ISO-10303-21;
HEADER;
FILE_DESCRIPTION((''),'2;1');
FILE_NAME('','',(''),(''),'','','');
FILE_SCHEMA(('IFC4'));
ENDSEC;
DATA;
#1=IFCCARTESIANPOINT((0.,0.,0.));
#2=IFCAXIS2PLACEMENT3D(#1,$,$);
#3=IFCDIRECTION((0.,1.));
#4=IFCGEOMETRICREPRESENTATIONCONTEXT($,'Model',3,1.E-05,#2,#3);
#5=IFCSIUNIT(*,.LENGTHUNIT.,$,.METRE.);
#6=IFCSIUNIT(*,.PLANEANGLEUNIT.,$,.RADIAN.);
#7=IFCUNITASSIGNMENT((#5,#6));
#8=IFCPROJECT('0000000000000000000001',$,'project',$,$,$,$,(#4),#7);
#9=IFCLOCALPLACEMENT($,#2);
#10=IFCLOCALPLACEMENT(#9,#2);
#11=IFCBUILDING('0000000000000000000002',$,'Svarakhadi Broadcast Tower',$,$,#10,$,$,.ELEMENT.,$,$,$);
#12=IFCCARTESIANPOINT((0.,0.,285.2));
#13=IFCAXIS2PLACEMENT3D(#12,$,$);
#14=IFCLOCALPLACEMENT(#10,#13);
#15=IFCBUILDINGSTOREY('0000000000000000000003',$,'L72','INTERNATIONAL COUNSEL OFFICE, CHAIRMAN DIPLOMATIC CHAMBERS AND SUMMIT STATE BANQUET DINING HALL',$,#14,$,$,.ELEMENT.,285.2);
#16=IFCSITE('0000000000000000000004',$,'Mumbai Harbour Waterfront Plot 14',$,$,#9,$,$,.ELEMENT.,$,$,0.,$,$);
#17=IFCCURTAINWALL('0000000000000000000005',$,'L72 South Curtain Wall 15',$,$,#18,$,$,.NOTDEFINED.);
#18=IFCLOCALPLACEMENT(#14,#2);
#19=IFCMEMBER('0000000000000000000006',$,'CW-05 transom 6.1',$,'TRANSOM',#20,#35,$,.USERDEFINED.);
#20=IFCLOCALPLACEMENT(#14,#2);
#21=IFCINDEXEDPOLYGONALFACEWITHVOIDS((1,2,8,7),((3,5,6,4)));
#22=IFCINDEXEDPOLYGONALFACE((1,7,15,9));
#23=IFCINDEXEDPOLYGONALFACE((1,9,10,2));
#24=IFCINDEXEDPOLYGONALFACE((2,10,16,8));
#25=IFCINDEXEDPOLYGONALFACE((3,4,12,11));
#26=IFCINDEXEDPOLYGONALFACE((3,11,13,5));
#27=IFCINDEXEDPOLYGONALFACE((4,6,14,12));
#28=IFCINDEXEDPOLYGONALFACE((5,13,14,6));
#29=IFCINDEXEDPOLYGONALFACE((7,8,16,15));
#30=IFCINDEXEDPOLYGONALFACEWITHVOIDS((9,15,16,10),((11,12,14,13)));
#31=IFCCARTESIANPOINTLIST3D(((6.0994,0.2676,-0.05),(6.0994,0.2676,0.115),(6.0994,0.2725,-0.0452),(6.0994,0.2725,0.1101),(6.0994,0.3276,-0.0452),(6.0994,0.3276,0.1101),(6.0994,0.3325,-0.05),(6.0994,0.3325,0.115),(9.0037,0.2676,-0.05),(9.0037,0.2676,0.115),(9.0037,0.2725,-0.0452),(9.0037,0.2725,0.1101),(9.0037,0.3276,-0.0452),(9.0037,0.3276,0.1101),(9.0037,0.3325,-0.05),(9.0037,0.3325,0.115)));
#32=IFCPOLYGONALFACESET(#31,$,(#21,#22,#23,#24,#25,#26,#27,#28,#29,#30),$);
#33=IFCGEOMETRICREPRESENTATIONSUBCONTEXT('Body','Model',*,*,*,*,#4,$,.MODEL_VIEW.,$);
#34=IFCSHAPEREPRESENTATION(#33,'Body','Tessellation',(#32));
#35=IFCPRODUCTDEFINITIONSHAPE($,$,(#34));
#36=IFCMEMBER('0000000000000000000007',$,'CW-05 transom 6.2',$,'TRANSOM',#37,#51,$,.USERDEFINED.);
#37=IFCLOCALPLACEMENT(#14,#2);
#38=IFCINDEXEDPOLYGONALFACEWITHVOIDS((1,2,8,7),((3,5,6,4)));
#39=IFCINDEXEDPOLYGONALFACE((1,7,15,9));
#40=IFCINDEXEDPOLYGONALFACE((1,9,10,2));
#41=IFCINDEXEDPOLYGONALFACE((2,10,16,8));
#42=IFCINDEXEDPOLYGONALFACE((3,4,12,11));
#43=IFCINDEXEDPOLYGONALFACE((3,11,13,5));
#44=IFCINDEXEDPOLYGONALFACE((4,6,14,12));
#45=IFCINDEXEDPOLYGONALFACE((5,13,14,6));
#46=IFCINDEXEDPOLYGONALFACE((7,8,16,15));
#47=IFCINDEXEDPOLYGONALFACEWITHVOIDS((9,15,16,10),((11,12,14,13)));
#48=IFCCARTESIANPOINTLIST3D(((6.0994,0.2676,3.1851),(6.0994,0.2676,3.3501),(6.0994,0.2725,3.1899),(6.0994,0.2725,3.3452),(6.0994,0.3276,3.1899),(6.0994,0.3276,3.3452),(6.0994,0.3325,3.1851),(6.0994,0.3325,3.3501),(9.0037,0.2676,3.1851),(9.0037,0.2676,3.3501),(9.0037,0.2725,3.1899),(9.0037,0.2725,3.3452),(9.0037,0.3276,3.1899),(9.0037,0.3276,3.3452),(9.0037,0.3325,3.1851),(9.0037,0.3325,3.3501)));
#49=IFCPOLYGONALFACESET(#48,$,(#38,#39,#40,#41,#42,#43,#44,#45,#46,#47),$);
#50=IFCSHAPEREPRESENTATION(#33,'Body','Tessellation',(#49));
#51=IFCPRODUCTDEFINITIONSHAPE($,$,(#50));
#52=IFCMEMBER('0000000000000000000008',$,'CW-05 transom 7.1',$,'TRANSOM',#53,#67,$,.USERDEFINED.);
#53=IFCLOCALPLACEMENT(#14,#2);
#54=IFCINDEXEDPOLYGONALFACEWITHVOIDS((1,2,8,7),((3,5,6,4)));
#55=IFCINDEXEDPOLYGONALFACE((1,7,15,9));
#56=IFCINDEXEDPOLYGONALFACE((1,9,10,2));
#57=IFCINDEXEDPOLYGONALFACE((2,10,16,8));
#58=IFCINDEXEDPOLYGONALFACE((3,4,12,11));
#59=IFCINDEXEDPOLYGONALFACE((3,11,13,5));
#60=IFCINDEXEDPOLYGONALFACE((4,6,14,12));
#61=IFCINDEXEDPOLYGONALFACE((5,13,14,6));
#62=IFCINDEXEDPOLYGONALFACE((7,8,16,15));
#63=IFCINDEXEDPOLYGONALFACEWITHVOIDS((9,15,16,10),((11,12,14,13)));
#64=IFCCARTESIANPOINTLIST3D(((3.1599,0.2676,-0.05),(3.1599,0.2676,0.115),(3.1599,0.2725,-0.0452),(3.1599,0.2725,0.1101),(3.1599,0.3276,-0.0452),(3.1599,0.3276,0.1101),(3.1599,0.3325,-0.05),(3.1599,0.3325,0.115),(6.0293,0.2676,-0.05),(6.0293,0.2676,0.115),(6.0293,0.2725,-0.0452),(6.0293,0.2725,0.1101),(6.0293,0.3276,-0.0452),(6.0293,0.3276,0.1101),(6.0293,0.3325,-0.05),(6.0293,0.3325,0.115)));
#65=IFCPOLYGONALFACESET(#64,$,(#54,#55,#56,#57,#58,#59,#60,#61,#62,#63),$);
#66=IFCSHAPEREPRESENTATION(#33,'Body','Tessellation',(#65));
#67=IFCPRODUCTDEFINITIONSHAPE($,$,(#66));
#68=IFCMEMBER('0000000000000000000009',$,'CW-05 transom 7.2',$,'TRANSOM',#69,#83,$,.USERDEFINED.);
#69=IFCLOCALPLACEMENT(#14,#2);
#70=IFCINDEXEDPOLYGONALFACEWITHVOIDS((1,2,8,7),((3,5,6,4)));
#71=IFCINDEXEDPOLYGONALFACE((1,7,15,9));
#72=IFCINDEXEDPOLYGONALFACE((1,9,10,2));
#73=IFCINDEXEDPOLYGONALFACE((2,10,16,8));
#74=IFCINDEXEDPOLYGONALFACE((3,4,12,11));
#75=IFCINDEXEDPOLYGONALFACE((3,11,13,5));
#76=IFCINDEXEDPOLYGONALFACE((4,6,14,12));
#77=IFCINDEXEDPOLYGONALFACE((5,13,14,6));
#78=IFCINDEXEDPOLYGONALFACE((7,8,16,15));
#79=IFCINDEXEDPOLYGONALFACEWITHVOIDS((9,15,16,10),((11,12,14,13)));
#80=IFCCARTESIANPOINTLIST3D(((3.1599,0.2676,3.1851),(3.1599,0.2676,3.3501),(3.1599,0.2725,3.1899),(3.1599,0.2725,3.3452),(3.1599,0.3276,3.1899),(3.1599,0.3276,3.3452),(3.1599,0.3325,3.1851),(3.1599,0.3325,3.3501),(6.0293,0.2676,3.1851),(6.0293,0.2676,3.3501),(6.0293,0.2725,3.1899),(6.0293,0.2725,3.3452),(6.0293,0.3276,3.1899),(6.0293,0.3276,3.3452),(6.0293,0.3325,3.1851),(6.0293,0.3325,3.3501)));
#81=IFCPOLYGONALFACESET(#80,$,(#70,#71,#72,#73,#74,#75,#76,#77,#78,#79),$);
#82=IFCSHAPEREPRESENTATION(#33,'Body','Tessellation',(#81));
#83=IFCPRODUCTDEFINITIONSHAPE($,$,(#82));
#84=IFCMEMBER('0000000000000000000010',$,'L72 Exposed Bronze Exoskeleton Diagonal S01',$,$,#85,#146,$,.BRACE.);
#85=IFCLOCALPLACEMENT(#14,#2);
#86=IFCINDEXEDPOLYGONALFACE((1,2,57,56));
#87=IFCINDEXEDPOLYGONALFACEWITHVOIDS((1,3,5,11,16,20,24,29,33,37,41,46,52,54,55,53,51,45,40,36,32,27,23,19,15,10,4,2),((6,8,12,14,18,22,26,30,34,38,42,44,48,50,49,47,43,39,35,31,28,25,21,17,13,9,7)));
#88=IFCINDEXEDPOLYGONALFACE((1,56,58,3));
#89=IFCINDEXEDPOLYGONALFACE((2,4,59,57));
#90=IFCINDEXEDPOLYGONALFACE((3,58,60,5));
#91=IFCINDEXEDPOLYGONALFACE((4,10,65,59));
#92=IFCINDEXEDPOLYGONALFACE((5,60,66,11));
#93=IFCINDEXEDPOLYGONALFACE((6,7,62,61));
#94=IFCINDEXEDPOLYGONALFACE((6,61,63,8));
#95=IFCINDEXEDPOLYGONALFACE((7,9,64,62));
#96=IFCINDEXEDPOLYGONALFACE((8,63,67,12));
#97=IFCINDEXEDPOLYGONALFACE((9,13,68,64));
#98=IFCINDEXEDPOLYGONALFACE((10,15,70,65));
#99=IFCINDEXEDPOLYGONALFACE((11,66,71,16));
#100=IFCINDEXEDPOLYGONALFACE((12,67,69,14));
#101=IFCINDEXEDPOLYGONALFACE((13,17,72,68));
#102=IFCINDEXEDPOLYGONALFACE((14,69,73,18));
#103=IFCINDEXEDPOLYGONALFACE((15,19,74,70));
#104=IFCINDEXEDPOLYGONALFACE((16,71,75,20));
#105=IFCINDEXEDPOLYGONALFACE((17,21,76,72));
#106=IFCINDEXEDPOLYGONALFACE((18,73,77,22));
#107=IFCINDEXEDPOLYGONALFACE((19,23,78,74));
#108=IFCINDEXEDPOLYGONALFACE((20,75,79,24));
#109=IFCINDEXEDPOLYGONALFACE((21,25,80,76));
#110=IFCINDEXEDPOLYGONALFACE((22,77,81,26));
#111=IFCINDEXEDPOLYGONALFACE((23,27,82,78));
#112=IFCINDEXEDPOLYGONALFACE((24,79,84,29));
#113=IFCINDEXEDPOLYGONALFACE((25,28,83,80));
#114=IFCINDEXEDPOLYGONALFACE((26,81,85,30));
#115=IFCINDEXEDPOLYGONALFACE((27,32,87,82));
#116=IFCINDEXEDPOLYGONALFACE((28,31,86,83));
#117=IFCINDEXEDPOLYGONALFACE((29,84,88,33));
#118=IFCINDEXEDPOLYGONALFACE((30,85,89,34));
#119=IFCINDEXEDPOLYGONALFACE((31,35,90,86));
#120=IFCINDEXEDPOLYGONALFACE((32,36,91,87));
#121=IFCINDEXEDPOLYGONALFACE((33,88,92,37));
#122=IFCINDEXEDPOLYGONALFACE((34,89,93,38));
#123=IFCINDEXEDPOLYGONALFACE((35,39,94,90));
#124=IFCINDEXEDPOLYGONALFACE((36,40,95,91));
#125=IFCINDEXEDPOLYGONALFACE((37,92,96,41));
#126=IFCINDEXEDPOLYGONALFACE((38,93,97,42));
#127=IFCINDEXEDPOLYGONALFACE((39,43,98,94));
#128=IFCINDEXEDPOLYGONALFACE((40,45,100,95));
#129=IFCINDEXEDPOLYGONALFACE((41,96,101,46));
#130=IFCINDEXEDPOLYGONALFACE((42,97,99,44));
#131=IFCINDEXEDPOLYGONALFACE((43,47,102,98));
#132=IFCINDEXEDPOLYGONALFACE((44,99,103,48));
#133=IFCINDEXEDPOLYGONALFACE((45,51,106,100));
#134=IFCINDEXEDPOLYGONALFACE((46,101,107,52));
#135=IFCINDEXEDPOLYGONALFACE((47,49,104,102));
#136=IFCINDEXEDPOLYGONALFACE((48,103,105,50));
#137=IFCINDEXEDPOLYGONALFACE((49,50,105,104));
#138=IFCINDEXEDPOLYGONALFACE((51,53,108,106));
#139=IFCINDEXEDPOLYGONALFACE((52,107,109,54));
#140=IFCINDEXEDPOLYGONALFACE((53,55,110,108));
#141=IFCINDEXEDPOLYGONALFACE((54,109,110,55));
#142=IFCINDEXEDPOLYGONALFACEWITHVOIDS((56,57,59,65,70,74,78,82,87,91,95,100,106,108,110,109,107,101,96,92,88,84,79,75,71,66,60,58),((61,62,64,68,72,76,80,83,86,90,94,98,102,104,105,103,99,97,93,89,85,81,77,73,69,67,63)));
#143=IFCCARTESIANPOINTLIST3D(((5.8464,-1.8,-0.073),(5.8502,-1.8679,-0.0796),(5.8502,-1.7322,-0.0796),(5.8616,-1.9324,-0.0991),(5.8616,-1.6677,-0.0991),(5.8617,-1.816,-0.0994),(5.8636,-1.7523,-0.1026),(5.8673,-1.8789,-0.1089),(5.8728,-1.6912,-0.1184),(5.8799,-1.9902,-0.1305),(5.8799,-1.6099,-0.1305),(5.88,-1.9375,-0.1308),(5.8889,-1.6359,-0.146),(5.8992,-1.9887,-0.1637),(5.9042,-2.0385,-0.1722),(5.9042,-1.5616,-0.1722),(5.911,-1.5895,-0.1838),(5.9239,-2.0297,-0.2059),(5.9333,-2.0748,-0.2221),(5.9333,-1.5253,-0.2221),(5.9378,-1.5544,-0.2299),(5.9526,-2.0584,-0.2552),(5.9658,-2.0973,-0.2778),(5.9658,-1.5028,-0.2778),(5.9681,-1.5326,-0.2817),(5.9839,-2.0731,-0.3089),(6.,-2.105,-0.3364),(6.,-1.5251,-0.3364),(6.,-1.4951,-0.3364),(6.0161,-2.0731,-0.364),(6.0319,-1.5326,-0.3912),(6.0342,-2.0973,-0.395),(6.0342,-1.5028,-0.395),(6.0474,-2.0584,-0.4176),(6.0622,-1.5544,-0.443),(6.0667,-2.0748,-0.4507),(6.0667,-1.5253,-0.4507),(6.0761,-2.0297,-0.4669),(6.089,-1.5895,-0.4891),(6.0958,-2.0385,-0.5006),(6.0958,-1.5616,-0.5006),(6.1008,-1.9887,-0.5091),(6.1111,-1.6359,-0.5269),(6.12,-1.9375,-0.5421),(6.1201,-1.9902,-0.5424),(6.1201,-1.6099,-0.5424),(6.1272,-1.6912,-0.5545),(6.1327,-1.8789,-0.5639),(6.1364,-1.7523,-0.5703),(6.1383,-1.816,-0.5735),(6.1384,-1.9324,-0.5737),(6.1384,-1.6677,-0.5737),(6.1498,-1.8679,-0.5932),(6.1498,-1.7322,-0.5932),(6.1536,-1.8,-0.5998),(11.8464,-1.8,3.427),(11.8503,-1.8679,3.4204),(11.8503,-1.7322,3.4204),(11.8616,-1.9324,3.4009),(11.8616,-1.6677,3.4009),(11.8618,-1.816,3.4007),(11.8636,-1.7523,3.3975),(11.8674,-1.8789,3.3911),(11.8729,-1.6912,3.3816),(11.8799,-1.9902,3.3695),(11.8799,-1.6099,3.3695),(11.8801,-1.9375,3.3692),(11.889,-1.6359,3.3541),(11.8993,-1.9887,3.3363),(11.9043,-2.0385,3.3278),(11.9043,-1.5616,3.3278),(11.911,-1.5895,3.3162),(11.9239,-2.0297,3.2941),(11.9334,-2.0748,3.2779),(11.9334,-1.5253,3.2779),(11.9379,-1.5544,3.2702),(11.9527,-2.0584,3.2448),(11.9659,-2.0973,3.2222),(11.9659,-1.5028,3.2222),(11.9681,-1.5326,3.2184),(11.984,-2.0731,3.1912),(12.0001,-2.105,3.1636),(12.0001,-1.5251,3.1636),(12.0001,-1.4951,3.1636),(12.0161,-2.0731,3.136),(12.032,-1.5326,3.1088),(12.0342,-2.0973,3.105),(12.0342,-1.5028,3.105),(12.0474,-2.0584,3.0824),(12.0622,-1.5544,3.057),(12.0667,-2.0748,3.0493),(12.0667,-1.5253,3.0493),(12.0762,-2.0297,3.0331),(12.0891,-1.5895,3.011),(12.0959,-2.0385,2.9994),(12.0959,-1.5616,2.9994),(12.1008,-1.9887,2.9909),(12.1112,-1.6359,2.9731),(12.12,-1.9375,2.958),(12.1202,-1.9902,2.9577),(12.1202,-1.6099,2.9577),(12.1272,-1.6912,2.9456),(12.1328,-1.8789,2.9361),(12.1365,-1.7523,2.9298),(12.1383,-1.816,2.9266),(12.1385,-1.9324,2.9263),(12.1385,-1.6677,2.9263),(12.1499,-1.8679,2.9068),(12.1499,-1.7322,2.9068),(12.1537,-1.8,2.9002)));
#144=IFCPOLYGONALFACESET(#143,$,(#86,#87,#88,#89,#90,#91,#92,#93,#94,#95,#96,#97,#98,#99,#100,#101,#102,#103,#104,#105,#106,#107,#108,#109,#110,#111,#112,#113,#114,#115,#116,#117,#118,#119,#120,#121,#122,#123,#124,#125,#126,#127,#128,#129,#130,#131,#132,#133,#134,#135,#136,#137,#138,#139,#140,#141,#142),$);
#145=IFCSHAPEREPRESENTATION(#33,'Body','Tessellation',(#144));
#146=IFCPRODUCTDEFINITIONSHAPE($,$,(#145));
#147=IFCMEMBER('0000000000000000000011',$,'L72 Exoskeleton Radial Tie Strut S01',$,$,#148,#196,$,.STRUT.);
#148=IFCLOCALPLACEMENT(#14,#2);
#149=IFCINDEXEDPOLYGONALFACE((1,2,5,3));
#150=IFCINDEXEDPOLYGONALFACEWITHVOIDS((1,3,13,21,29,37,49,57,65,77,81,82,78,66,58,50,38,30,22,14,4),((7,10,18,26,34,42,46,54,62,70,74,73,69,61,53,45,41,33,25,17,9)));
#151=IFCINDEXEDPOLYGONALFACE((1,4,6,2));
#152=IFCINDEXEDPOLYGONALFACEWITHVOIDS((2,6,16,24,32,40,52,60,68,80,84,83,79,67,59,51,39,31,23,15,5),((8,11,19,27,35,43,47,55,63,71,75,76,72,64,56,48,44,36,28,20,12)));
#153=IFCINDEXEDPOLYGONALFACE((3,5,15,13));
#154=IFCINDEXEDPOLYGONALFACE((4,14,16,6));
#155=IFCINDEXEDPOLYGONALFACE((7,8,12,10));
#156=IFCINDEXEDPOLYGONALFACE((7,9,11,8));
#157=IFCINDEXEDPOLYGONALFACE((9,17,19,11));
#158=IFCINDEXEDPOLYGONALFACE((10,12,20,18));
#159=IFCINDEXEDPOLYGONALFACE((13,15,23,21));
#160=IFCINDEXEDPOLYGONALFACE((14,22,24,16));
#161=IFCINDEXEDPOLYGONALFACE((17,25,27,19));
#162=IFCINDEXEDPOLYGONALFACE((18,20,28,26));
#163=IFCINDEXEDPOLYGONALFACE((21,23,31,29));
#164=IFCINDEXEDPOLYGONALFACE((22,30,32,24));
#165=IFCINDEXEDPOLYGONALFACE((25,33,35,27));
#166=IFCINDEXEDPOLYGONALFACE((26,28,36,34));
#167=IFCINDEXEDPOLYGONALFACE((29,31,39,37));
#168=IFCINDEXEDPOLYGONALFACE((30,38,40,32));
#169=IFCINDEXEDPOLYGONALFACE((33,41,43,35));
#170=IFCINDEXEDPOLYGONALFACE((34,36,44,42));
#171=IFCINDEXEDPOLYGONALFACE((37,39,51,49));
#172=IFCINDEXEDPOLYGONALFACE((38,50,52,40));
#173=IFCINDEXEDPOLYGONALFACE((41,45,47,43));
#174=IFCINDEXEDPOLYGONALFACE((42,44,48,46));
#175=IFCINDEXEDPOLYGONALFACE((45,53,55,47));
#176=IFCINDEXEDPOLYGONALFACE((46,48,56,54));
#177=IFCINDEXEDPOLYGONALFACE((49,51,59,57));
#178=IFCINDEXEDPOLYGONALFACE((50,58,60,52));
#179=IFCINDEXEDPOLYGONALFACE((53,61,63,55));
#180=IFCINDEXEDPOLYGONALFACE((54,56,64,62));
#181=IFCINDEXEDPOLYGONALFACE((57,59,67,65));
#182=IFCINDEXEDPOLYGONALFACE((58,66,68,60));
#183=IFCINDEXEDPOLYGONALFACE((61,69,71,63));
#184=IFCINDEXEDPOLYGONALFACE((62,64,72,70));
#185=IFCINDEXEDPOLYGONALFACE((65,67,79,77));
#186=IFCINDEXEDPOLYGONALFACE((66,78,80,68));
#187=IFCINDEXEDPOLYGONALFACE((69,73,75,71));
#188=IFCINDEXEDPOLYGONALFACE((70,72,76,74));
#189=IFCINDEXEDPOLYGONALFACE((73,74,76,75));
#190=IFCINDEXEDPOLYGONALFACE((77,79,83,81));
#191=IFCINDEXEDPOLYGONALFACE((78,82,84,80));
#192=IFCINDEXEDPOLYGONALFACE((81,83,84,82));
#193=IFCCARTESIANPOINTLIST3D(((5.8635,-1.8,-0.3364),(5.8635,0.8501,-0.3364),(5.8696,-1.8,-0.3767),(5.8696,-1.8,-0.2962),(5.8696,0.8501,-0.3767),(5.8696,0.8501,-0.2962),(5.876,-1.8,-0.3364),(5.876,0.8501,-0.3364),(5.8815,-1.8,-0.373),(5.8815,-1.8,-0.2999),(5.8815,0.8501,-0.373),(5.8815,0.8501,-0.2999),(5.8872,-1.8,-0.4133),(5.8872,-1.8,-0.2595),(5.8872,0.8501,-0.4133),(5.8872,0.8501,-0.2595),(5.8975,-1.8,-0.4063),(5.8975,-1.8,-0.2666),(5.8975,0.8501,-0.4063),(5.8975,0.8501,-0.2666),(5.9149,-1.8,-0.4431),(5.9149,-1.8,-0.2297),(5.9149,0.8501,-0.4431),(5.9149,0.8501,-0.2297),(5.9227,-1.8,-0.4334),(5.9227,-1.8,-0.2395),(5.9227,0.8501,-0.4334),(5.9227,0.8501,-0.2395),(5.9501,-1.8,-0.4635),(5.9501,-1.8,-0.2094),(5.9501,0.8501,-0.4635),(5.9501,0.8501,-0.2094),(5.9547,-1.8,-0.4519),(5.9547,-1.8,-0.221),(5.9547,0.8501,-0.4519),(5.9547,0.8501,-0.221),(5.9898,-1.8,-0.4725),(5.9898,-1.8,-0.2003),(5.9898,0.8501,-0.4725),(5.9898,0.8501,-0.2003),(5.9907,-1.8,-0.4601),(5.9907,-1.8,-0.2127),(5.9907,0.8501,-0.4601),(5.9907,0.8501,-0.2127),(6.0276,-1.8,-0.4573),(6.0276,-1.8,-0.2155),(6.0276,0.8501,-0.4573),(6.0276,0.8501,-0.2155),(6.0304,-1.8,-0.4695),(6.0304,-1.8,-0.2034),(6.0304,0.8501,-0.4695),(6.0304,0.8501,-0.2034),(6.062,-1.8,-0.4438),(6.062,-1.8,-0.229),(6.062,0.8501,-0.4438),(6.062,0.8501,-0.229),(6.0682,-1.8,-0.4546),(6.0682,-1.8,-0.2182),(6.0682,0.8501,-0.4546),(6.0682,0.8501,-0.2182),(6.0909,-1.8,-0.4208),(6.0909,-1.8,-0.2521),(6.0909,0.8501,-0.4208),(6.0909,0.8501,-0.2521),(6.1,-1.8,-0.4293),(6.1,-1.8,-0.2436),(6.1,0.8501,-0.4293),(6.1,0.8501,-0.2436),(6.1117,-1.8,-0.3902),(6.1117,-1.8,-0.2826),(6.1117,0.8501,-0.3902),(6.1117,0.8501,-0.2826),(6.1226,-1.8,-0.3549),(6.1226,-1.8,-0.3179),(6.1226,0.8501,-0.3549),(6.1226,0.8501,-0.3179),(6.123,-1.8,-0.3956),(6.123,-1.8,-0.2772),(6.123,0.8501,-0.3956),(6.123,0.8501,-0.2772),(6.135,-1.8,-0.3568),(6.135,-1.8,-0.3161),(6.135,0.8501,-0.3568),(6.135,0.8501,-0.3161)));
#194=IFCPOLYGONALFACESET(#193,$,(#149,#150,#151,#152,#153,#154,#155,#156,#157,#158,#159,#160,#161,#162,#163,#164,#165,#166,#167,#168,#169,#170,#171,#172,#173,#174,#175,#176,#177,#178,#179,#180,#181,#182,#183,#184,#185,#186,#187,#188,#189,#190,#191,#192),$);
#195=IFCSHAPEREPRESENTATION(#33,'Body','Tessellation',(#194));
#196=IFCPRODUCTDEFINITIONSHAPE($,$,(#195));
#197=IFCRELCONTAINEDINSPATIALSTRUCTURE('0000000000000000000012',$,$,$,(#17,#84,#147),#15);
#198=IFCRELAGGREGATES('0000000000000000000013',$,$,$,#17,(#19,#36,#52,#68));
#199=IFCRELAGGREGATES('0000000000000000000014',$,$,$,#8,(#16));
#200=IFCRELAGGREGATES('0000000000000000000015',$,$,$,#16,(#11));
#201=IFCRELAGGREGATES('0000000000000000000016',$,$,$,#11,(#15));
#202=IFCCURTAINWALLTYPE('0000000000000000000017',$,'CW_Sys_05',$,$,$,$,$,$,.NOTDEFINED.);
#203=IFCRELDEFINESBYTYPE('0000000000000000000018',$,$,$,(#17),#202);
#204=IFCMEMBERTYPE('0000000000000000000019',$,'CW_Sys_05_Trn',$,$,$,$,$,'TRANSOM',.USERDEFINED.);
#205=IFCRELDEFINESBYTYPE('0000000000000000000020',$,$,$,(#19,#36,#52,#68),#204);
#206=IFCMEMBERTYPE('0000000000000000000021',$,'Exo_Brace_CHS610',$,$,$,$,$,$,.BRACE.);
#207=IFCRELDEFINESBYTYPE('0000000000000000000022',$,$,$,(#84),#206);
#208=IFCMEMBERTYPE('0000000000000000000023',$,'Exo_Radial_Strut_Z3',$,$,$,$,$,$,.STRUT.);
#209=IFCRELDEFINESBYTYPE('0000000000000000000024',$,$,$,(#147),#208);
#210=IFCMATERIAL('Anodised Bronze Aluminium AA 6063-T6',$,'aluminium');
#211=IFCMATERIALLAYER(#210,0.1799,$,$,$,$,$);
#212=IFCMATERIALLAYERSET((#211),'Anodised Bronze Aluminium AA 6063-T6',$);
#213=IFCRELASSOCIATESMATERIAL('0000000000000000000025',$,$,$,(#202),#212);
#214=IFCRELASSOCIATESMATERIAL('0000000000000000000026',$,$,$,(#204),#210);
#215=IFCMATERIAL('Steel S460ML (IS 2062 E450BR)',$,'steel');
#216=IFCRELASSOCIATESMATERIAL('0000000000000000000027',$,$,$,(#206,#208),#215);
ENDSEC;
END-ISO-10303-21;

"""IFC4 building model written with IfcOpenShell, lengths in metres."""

from ifc_helpers import new_model, si_unit, direction, frame, origin, origin_2d, place, context, subcontext, project, spatial, hollow_rectangle, hollow_circle, extrude, material, layer, layer_set, material_profile, profile_set, type_object, element, aggregate, save


model = new_model("IFC4")

# Units and contexts
model_context = context("Model", 3, precision=1e-05, world=origin(), true_north=direction((0.0, 1.0)))
body_context = subcontext(model_context, "Body", "Model", "MODEL_VIEW")
ifc_project = project(units=[si_unit("LENGTHUNIT", "METRE"), si_unit("PLANEANGLEUNIT", "RADIAN")], contexts=[model_context])

# Site, building, storey
site_placement = place(None, origin())
site = spatial("IfcSite", under=ifc_project, at=site_placement, Name="Mumbai Harbour Waterfront Plot 14", CompositionType="ELEMENT", RefElevation=0.0)
building_placement = place(site_placement, origin())
building = spatial("IfcBuilding", under=site, at=building_placement, Name="Svarakhadi Broadcast Tower", CompositionType="ELEMENT")
storey_placement = place(building_placement, frame((0.0, 0.0, 285.2)))
storey = spatial("IfcBuildingStorey", under=building, at=storey_placement, Name="L72", Description="INTERNATIONAL COUNSEL OFFICE, CHAIRMAN DIPLOMATIC CHAMBERS AND SUMMIT STATE BANQUET DINING HALL", CompositionType="ELEMENT", Elevation=285.2)

# Shared definitions
ifc_material_1 = material(Name="Steel S460ML (IS 2062 E450BR)", Category="steel")

# Curtain wall, members
ifc_material_2 = material(Name="Anodised Bronze Aluminium AA 6063-T6", Category="aluminium")
ifc_layer_1 = layer(ifc_material_2, 0.1799)
ifc_layer_set_1 = layer_set([ifc_layer_1], Name="Anodised Bronze Aluminium AA 6063-T6")
curtain_wall_type = type_object("IfcCurtainWallType", Name="CW_Sys_05", PredefinedType="NOTDEFINED", material=ifc_layer_set_1)
curtain_wall_placement = place(storey_placement, origin())
curtain_wall = element("IfcCurtainWall", 1, at=curtain_wall_placement, inside=storey, type_object=curtain_wall_type, Name="L72 South Curtain Wall 15", PredefinedType="NOTDEFINED")
ifc_material_profile_1 = material_profile(ifc_material_2, hollow_rectangle(XDim=0.0649, YDim=0.165, WallThickness=0.0049, at=origin_2d()), Name="ALU TRANSOM 165x65x5")
ifc_profile_set_1 = profile_set([ifc_material_profile_1], Name="Anodised Bronze Aluminium AA 6063-T6")
member_type_1 = type_object("IfcMemberType", Name="CW_Sys_05_Trn", ElementType="TRANSOM", PredefinedType="USERDEFINED", material=ifc_profile_set_1)
member_1_placement = place(storey_placement, frame((9.0037, 0.3, 0.0325), z_axis=(-1.0, 0.0, 0.0), x_axis=(0.0, -1.0, 0.0)))
member_1 = element("IfcMember", 2, at=member_1_placement, type_object=member_type_1, Name="CW-05 transom 6.1", ObjectType="TRANSOM", PredefinedType="USERDEFINED", context=body_context, shape_type="SweptSolid", body=[
    extrude(hollow_rectangle(XDim=0.0649, YDim=0.165, WallThickness=0.0049, at=origin_2d()), origin(), (0.0, 0.0, 1.0), 2.9043),
])
member_2_placement = place(storey_placement, frame((9.0037, 0.3, 3.2676), z_axis=(-1.0, 0.0, 0.0), x_axis=(0.0, -1.0, 0.0)))
member_2 = element("IfcMember", 3, at=member_2_placement, type_object=member_type_1, Name="CW-05 transom 6.2", ObjectType="TRANSOM", PredefinedType="USERDEFINED", context=body_context, shape_type="SweptSolid", body=[
    extrude(hollow_rectangle(XDim=0.0649, YDim=0.165, WallThickness=0.0049, at=origin_2d()), origin(), (0.0, 0.0, 1.0), 2.9043),
])
member_3_placement = place(storey_placement, frame((6.0293, 0.3, 0.0325), z_axis=(-1.0, 0.0, 0.0), x_axis=(0.0, -1.0, 0.0)))
member_3 = element("IfcMember", 4, at=member_3_placement, type_object=member_type_1, Name="CW-05 transom 7.1", ObjectType="TRANSOM", PredefinedType="USERDEFINED", context=body_context, shape_type="SweptSolid", body=[
    extrude(hollow_rectangle(XDim=0.0649, YDim=0.165, WallThickness=0.0049, at=origin_2d()), origin(), (0.0, 0.0, 1.0), 2.8694),
])
member_4_placement = place(storey_placement, frame((6.0293, 0.3, 3.2676), z_axis=(-1.0, 0.0, 0.0), x_axis=(0.0, -1.0, 0.0)))
member_4 = element("IfcMember", 5, at=member_4_placement, type_object=member_type_1, Name="CW-05 transom 7.2", ObjectType="TRANSOM", PredefinedType="USERDEFINED", context=body_context, shape_type="SweptSolid", body=[
    extrude(hollow_rectangle(XDim=0.0649, YDim=0.165, WallThickness=0.0049, at=origin_2d()), origin(), (0.0, 0.0, 1.0), 2.8694),
])

# Members
ifc_material_profile_2 = material_profile(ifc_material_1, hollow_circle(Radius=0.3049, WallThickness=0.03, at=origin_2d()), Name="CHS 610x30")
ifc_profile_set_2 = profile_set([ifc_material_profile_2], Name="Steel S460ML (IS 2062 E450BR)")
member_type_2 = type_object("IfcMemberType", Name="Exo_Brace_CHS610", PredefinedType="BRACE", material=ifc_profile_set_2)
member_5_placement = place(storey_placement, frame((6.0, -1.8, -0.3364), z_axis=(0.863779, 0.0, 0.503871), x_axis=(0.0, 1.0, 0.0)))
element("IfcMember", 6, at=member_5_placement, inside=storey, type_object=member_type_2, Name="L72 Exposed Bronze Exoskeleton Diagonal S01", PredefinedType="BRACE", context=body_context, shape_type="SweptSolid", body=[
    extrude(hollow_circle(Radius=0.3049, WallThickness=0.03, at=origin_2d()), origin(), (0.0, 0.0, 1.0), 6.9463),
])
ifc_material_profile_3 = material_profile(ifc_material_1, hollow_circle(Radius=0.1365, WallThickness=0.0125, at=origin_2d()), Name="CHS 273x12.5")
ifc_profile_set_3 = profile_set([ifc_material_profile_3], Name="Steel S460ML (IS 2062 E450BR)")
member_type_3 = type_object("IfcMemberType", Name="Exo_Radial_Strut_Z3", PredefinedType="STRUT", material=ifc_profile_set_3)
member_6_placement = place(storey_placement, frame((6.0, -1.8, -0.3364), z_axis=(0.0, 1.0, 0.0), x_axis=(-1.0, 0.0, 0.0)))
element("IfcMember", 7, at=member_6_placement, inside=storey, type_object=member_type_3, Name="L72 Exoskeleton Radial Tie Strut S01", PredefinedType="STRUT", context=body_context, shape_type="SweptSolid", body=[
    extrude(hollow_circle(Radius=0.1365, WallThickness=0.0125, at=origin_2d()), origin(), (0.0, 0.0, 1.0), 2.6501),
])

aggregate(curtain_wall, [member_1, member_2, member_3, member_4])

save(model, "model.ifc")
